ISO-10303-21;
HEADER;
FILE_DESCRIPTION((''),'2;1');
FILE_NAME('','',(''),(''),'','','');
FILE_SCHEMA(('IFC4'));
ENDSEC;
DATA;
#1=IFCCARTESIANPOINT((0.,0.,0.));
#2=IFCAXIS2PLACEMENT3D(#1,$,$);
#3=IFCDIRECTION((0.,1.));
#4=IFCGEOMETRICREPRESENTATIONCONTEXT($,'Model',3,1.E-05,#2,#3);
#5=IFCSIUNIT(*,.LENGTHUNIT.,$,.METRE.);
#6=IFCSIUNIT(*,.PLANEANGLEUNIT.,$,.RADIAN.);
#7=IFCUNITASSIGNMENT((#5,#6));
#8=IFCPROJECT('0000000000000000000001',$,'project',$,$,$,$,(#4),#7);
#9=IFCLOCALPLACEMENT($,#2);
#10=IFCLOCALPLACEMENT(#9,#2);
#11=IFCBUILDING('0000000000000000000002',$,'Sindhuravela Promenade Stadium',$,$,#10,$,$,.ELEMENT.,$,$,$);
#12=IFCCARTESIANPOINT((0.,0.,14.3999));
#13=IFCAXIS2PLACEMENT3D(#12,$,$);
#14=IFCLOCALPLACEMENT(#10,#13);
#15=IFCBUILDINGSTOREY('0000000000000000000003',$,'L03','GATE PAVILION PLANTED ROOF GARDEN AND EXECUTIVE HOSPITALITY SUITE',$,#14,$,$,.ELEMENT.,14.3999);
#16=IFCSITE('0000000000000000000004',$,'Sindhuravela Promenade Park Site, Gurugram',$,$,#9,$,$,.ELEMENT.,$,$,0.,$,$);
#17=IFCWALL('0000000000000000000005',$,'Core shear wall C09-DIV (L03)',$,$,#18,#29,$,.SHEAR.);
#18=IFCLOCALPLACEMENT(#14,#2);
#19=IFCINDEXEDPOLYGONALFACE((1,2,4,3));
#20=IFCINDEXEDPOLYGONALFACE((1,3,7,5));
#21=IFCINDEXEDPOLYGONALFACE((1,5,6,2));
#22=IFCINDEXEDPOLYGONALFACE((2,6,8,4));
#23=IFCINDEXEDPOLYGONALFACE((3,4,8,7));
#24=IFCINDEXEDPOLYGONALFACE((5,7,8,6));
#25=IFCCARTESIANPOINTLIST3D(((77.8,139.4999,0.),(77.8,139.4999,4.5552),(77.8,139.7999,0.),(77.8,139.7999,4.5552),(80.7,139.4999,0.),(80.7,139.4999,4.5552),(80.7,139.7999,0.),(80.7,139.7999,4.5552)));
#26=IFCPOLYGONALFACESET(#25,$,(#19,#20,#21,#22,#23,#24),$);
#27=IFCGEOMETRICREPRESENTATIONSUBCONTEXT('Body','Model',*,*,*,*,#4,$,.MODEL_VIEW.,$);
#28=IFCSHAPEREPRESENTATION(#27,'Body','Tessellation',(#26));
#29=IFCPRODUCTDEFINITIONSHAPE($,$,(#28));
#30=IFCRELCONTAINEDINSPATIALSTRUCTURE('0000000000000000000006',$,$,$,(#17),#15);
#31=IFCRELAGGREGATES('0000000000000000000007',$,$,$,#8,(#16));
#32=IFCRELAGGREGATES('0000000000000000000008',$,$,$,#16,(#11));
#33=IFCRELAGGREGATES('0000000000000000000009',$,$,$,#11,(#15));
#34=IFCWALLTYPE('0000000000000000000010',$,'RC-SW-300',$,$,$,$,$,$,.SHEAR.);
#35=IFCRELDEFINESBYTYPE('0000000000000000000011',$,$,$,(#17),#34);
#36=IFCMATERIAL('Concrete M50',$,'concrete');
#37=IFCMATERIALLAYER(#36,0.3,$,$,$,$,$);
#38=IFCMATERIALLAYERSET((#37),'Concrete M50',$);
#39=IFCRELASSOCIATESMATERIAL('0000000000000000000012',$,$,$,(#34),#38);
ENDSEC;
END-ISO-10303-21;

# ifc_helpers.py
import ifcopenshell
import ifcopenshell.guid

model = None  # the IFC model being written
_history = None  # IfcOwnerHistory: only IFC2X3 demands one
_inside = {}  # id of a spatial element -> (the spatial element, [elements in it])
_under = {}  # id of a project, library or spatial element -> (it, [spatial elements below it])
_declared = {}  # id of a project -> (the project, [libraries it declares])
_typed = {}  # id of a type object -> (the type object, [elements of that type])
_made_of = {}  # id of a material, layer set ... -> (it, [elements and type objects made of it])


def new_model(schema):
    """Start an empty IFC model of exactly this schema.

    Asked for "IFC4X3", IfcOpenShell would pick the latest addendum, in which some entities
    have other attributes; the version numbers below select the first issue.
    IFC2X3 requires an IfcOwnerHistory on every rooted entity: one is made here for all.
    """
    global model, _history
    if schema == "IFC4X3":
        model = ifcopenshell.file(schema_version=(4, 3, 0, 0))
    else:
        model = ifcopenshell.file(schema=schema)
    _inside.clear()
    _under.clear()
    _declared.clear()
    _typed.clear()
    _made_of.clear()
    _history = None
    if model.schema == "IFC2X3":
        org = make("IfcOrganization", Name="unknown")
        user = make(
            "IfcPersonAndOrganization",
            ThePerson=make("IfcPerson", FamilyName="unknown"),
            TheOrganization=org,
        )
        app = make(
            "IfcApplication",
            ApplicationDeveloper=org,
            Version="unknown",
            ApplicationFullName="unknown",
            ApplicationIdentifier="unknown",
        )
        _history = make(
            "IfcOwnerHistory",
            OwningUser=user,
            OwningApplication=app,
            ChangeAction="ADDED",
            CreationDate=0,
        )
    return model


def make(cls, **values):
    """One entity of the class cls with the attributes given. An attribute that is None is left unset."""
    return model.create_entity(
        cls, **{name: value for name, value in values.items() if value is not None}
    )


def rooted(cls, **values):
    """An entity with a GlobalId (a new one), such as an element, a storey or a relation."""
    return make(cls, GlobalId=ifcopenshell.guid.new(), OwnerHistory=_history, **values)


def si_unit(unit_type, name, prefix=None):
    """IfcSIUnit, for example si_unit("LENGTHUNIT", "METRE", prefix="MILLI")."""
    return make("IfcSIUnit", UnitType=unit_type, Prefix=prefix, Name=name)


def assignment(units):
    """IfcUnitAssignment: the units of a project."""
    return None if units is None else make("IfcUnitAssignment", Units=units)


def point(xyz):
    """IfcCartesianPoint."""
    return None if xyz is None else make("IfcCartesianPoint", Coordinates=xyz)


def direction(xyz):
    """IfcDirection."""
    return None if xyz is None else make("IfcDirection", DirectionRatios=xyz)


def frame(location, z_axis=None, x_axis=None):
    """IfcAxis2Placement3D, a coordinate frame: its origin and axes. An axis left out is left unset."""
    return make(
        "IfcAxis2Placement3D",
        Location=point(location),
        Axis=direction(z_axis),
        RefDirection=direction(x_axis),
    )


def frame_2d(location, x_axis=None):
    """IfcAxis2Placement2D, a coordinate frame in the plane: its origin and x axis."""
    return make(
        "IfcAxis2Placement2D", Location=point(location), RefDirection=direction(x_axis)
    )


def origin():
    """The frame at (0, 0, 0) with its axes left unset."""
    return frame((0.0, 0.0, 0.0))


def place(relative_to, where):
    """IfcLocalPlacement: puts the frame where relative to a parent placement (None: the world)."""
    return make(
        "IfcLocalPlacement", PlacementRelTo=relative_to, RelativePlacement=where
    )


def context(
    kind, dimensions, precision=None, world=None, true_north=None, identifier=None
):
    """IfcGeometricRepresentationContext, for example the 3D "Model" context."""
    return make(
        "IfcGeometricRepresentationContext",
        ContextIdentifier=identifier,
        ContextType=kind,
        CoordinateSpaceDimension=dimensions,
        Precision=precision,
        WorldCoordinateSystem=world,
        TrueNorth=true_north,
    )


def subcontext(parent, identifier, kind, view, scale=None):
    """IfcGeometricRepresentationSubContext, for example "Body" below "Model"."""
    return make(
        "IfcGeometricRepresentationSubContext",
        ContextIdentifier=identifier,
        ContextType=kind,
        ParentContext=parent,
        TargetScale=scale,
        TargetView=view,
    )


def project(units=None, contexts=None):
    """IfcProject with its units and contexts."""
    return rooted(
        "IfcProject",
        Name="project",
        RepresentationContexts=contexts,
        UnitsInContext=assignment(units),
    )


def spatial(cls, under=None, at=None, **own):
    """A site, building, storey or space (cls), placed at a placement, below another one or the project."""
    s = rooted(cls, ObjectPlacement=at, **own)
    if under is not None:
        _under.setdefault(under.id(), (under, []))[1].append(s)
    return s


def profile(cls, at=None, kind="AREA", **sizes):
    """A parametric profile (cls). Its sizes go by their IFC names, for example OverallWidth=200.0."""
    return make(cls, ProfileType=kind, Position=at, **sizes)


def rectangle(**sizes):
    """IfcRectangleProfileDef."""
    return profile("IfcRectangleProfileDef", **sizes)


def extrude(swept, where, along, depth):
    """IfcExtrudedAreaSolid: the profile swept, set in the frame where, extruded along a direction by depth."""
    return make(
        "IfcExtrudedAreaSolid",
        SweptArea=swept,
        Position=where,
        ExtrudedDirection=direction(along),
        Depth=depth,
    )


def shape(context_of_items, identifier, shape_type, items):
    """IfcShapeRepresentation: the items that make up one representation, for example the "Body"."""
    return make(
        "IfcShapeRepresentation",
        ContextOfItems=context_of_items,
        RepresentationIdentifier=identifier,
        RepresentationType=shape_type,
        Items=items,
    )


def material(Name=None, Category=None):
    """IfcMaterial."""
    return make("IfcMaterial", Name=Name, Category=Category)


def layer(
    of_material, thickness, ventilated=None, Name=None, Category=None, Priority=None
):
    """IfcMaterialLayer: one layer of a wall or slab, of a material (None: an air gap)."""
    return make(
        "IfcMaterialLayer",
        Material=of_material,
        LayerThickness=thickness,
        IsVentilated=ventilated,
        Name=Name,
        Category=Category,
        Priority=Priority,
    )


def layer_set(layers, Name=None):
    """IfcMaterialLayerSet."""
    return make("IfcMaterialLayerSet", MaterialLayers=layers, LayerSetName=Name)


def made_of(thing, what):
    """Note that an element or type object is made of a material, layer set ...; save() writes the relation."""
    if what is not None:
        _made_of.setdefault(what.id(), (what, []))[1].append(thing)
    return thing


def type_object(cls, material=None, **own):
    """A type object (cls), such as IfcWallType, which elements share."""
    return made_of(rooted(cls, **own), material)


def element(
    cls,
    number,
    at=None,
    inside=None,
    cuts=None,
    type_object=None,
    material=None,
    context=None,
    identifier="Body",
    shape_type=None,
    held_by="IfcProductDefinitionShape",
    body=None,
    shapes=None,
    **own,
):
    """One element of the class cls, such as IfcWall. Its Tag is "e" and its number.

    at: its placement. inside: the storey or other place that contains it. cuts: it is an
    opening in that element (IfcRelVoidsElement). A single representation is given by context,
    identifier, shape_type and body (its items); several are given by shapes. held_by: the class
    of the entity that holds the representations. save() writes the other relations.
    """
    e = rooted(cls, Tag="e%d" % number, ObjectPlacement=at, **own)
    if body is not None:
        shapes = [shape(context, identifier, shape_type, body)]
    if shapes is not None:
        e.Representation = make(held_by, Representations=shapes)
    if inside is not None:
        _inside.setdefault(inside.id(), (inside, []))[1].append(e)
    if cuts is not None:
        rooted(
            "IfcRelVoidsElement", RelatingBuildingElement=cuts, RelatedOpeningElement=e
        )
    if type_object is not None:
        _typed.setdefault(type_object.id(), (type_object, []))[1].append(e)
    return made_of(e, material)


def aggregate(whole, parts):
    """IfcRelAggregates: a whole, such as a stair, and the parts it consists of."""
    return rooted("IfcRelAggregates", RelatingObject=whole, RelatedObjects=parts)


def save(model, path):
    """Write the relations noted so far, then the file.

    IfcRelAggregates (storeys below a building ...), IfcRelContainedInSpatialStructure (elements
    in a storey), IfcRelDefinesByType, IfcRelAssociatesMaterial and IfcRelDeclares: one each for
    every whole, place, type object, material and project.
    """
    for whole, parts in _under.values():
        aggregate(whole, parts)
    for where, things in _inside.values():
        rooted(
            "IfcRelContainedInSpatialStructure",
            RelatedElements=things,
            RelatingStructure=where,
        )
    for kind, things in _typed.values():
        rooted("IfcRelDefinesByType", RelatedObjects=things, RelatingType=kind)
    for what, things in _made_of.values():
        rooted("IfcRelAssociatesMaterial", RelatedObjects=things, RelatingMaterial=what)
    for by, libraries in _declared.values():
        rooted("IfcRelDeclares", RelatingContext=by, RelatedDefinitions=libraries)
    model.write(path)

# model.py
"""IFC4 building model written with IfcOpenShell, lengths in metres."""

from ifc_helpers import new_model, si_unit, direction, frame, frame_2d, origin, place, context, subcontext, project, spatial, rectangle, extrude, material, layer, layer_set, type_object, element, save


model = new_model("IFC4")

# Units and contexts
model_context = context("Model", 3, precision=1e-05, world=origin(), true_north=direction((0.0, 1.0)))
body_context = subcontext(model_context, "Body", "Model", "MODEL_VIEW")
ifc_project = project(units=[si_unit("LENGTHUNIT", "METRE"), si_unit("PLANEANGLEUNIT", "RADIAN")], contexts=[model_context])

# Site, building, storey
site_placement = place(None, origin())
site = spatial("IfcSite", under=ifc_project, at=site_placement, Name="Sindhuravela Promenade Park Site, Gurugram", CompositionType="ELEMENT", RefElevation=0.0)
building_placement = place(site_placement, origin())
building = spatial("IfcBuilding", under=site, at=building_placement, Name="Sindhuravela Promenade Stadium", CompositionType="ELEMENT")
storey_placement = place(building_placement, frame((0.0, 0.0, 14.3999)))
storey = spatial("IfcBuildingStorey", under=building, at=storey_placement, Name="L03", Description="GATE PAVILION PLANTED ROOF GARDEN AND EXECUTIVE HOSPITALITY SUITE", CompositionType="ELEMENT", Elevation=14.3999)

# Shared definitions
ifc_material_1 = material(Name="Concrete M50", Category="concrete")
ifc_layer_1 = layer(ifc_material_1, 0.3)
ifc_layer_set_1 = layer_set([ifc_layer_1], Name="Concrete M50")
wall_type_1 = type_object("IfcWallType", Name="RC-SW-300", PredefinedType="SHEAR", material=ifc_layer_set_1)

# Wall
wall_1_placement = place(storey_placement, frame((77.8, 139.6499, 0.0), z_axis=(0.0, 0.0, 1.0), x_axis=(1.0, 0.0, 0.0)))
element("IfcWall", 1, at=wall_1_placement, inside=storey, type_object=wall_type_1, Name="Core shear wall C09-DIV (L03)", PredefinedType="SHEAR", context=body_context, shape_type="SweptSolid", body=[
    extrude(rectangle(XDim=2.8999, YDim=0.3, at=frame_2d((1.45, 0.0))), origin(), (0.0, 0.0, 1.0), 4.5552),
])

save(model, "model.ifc")
